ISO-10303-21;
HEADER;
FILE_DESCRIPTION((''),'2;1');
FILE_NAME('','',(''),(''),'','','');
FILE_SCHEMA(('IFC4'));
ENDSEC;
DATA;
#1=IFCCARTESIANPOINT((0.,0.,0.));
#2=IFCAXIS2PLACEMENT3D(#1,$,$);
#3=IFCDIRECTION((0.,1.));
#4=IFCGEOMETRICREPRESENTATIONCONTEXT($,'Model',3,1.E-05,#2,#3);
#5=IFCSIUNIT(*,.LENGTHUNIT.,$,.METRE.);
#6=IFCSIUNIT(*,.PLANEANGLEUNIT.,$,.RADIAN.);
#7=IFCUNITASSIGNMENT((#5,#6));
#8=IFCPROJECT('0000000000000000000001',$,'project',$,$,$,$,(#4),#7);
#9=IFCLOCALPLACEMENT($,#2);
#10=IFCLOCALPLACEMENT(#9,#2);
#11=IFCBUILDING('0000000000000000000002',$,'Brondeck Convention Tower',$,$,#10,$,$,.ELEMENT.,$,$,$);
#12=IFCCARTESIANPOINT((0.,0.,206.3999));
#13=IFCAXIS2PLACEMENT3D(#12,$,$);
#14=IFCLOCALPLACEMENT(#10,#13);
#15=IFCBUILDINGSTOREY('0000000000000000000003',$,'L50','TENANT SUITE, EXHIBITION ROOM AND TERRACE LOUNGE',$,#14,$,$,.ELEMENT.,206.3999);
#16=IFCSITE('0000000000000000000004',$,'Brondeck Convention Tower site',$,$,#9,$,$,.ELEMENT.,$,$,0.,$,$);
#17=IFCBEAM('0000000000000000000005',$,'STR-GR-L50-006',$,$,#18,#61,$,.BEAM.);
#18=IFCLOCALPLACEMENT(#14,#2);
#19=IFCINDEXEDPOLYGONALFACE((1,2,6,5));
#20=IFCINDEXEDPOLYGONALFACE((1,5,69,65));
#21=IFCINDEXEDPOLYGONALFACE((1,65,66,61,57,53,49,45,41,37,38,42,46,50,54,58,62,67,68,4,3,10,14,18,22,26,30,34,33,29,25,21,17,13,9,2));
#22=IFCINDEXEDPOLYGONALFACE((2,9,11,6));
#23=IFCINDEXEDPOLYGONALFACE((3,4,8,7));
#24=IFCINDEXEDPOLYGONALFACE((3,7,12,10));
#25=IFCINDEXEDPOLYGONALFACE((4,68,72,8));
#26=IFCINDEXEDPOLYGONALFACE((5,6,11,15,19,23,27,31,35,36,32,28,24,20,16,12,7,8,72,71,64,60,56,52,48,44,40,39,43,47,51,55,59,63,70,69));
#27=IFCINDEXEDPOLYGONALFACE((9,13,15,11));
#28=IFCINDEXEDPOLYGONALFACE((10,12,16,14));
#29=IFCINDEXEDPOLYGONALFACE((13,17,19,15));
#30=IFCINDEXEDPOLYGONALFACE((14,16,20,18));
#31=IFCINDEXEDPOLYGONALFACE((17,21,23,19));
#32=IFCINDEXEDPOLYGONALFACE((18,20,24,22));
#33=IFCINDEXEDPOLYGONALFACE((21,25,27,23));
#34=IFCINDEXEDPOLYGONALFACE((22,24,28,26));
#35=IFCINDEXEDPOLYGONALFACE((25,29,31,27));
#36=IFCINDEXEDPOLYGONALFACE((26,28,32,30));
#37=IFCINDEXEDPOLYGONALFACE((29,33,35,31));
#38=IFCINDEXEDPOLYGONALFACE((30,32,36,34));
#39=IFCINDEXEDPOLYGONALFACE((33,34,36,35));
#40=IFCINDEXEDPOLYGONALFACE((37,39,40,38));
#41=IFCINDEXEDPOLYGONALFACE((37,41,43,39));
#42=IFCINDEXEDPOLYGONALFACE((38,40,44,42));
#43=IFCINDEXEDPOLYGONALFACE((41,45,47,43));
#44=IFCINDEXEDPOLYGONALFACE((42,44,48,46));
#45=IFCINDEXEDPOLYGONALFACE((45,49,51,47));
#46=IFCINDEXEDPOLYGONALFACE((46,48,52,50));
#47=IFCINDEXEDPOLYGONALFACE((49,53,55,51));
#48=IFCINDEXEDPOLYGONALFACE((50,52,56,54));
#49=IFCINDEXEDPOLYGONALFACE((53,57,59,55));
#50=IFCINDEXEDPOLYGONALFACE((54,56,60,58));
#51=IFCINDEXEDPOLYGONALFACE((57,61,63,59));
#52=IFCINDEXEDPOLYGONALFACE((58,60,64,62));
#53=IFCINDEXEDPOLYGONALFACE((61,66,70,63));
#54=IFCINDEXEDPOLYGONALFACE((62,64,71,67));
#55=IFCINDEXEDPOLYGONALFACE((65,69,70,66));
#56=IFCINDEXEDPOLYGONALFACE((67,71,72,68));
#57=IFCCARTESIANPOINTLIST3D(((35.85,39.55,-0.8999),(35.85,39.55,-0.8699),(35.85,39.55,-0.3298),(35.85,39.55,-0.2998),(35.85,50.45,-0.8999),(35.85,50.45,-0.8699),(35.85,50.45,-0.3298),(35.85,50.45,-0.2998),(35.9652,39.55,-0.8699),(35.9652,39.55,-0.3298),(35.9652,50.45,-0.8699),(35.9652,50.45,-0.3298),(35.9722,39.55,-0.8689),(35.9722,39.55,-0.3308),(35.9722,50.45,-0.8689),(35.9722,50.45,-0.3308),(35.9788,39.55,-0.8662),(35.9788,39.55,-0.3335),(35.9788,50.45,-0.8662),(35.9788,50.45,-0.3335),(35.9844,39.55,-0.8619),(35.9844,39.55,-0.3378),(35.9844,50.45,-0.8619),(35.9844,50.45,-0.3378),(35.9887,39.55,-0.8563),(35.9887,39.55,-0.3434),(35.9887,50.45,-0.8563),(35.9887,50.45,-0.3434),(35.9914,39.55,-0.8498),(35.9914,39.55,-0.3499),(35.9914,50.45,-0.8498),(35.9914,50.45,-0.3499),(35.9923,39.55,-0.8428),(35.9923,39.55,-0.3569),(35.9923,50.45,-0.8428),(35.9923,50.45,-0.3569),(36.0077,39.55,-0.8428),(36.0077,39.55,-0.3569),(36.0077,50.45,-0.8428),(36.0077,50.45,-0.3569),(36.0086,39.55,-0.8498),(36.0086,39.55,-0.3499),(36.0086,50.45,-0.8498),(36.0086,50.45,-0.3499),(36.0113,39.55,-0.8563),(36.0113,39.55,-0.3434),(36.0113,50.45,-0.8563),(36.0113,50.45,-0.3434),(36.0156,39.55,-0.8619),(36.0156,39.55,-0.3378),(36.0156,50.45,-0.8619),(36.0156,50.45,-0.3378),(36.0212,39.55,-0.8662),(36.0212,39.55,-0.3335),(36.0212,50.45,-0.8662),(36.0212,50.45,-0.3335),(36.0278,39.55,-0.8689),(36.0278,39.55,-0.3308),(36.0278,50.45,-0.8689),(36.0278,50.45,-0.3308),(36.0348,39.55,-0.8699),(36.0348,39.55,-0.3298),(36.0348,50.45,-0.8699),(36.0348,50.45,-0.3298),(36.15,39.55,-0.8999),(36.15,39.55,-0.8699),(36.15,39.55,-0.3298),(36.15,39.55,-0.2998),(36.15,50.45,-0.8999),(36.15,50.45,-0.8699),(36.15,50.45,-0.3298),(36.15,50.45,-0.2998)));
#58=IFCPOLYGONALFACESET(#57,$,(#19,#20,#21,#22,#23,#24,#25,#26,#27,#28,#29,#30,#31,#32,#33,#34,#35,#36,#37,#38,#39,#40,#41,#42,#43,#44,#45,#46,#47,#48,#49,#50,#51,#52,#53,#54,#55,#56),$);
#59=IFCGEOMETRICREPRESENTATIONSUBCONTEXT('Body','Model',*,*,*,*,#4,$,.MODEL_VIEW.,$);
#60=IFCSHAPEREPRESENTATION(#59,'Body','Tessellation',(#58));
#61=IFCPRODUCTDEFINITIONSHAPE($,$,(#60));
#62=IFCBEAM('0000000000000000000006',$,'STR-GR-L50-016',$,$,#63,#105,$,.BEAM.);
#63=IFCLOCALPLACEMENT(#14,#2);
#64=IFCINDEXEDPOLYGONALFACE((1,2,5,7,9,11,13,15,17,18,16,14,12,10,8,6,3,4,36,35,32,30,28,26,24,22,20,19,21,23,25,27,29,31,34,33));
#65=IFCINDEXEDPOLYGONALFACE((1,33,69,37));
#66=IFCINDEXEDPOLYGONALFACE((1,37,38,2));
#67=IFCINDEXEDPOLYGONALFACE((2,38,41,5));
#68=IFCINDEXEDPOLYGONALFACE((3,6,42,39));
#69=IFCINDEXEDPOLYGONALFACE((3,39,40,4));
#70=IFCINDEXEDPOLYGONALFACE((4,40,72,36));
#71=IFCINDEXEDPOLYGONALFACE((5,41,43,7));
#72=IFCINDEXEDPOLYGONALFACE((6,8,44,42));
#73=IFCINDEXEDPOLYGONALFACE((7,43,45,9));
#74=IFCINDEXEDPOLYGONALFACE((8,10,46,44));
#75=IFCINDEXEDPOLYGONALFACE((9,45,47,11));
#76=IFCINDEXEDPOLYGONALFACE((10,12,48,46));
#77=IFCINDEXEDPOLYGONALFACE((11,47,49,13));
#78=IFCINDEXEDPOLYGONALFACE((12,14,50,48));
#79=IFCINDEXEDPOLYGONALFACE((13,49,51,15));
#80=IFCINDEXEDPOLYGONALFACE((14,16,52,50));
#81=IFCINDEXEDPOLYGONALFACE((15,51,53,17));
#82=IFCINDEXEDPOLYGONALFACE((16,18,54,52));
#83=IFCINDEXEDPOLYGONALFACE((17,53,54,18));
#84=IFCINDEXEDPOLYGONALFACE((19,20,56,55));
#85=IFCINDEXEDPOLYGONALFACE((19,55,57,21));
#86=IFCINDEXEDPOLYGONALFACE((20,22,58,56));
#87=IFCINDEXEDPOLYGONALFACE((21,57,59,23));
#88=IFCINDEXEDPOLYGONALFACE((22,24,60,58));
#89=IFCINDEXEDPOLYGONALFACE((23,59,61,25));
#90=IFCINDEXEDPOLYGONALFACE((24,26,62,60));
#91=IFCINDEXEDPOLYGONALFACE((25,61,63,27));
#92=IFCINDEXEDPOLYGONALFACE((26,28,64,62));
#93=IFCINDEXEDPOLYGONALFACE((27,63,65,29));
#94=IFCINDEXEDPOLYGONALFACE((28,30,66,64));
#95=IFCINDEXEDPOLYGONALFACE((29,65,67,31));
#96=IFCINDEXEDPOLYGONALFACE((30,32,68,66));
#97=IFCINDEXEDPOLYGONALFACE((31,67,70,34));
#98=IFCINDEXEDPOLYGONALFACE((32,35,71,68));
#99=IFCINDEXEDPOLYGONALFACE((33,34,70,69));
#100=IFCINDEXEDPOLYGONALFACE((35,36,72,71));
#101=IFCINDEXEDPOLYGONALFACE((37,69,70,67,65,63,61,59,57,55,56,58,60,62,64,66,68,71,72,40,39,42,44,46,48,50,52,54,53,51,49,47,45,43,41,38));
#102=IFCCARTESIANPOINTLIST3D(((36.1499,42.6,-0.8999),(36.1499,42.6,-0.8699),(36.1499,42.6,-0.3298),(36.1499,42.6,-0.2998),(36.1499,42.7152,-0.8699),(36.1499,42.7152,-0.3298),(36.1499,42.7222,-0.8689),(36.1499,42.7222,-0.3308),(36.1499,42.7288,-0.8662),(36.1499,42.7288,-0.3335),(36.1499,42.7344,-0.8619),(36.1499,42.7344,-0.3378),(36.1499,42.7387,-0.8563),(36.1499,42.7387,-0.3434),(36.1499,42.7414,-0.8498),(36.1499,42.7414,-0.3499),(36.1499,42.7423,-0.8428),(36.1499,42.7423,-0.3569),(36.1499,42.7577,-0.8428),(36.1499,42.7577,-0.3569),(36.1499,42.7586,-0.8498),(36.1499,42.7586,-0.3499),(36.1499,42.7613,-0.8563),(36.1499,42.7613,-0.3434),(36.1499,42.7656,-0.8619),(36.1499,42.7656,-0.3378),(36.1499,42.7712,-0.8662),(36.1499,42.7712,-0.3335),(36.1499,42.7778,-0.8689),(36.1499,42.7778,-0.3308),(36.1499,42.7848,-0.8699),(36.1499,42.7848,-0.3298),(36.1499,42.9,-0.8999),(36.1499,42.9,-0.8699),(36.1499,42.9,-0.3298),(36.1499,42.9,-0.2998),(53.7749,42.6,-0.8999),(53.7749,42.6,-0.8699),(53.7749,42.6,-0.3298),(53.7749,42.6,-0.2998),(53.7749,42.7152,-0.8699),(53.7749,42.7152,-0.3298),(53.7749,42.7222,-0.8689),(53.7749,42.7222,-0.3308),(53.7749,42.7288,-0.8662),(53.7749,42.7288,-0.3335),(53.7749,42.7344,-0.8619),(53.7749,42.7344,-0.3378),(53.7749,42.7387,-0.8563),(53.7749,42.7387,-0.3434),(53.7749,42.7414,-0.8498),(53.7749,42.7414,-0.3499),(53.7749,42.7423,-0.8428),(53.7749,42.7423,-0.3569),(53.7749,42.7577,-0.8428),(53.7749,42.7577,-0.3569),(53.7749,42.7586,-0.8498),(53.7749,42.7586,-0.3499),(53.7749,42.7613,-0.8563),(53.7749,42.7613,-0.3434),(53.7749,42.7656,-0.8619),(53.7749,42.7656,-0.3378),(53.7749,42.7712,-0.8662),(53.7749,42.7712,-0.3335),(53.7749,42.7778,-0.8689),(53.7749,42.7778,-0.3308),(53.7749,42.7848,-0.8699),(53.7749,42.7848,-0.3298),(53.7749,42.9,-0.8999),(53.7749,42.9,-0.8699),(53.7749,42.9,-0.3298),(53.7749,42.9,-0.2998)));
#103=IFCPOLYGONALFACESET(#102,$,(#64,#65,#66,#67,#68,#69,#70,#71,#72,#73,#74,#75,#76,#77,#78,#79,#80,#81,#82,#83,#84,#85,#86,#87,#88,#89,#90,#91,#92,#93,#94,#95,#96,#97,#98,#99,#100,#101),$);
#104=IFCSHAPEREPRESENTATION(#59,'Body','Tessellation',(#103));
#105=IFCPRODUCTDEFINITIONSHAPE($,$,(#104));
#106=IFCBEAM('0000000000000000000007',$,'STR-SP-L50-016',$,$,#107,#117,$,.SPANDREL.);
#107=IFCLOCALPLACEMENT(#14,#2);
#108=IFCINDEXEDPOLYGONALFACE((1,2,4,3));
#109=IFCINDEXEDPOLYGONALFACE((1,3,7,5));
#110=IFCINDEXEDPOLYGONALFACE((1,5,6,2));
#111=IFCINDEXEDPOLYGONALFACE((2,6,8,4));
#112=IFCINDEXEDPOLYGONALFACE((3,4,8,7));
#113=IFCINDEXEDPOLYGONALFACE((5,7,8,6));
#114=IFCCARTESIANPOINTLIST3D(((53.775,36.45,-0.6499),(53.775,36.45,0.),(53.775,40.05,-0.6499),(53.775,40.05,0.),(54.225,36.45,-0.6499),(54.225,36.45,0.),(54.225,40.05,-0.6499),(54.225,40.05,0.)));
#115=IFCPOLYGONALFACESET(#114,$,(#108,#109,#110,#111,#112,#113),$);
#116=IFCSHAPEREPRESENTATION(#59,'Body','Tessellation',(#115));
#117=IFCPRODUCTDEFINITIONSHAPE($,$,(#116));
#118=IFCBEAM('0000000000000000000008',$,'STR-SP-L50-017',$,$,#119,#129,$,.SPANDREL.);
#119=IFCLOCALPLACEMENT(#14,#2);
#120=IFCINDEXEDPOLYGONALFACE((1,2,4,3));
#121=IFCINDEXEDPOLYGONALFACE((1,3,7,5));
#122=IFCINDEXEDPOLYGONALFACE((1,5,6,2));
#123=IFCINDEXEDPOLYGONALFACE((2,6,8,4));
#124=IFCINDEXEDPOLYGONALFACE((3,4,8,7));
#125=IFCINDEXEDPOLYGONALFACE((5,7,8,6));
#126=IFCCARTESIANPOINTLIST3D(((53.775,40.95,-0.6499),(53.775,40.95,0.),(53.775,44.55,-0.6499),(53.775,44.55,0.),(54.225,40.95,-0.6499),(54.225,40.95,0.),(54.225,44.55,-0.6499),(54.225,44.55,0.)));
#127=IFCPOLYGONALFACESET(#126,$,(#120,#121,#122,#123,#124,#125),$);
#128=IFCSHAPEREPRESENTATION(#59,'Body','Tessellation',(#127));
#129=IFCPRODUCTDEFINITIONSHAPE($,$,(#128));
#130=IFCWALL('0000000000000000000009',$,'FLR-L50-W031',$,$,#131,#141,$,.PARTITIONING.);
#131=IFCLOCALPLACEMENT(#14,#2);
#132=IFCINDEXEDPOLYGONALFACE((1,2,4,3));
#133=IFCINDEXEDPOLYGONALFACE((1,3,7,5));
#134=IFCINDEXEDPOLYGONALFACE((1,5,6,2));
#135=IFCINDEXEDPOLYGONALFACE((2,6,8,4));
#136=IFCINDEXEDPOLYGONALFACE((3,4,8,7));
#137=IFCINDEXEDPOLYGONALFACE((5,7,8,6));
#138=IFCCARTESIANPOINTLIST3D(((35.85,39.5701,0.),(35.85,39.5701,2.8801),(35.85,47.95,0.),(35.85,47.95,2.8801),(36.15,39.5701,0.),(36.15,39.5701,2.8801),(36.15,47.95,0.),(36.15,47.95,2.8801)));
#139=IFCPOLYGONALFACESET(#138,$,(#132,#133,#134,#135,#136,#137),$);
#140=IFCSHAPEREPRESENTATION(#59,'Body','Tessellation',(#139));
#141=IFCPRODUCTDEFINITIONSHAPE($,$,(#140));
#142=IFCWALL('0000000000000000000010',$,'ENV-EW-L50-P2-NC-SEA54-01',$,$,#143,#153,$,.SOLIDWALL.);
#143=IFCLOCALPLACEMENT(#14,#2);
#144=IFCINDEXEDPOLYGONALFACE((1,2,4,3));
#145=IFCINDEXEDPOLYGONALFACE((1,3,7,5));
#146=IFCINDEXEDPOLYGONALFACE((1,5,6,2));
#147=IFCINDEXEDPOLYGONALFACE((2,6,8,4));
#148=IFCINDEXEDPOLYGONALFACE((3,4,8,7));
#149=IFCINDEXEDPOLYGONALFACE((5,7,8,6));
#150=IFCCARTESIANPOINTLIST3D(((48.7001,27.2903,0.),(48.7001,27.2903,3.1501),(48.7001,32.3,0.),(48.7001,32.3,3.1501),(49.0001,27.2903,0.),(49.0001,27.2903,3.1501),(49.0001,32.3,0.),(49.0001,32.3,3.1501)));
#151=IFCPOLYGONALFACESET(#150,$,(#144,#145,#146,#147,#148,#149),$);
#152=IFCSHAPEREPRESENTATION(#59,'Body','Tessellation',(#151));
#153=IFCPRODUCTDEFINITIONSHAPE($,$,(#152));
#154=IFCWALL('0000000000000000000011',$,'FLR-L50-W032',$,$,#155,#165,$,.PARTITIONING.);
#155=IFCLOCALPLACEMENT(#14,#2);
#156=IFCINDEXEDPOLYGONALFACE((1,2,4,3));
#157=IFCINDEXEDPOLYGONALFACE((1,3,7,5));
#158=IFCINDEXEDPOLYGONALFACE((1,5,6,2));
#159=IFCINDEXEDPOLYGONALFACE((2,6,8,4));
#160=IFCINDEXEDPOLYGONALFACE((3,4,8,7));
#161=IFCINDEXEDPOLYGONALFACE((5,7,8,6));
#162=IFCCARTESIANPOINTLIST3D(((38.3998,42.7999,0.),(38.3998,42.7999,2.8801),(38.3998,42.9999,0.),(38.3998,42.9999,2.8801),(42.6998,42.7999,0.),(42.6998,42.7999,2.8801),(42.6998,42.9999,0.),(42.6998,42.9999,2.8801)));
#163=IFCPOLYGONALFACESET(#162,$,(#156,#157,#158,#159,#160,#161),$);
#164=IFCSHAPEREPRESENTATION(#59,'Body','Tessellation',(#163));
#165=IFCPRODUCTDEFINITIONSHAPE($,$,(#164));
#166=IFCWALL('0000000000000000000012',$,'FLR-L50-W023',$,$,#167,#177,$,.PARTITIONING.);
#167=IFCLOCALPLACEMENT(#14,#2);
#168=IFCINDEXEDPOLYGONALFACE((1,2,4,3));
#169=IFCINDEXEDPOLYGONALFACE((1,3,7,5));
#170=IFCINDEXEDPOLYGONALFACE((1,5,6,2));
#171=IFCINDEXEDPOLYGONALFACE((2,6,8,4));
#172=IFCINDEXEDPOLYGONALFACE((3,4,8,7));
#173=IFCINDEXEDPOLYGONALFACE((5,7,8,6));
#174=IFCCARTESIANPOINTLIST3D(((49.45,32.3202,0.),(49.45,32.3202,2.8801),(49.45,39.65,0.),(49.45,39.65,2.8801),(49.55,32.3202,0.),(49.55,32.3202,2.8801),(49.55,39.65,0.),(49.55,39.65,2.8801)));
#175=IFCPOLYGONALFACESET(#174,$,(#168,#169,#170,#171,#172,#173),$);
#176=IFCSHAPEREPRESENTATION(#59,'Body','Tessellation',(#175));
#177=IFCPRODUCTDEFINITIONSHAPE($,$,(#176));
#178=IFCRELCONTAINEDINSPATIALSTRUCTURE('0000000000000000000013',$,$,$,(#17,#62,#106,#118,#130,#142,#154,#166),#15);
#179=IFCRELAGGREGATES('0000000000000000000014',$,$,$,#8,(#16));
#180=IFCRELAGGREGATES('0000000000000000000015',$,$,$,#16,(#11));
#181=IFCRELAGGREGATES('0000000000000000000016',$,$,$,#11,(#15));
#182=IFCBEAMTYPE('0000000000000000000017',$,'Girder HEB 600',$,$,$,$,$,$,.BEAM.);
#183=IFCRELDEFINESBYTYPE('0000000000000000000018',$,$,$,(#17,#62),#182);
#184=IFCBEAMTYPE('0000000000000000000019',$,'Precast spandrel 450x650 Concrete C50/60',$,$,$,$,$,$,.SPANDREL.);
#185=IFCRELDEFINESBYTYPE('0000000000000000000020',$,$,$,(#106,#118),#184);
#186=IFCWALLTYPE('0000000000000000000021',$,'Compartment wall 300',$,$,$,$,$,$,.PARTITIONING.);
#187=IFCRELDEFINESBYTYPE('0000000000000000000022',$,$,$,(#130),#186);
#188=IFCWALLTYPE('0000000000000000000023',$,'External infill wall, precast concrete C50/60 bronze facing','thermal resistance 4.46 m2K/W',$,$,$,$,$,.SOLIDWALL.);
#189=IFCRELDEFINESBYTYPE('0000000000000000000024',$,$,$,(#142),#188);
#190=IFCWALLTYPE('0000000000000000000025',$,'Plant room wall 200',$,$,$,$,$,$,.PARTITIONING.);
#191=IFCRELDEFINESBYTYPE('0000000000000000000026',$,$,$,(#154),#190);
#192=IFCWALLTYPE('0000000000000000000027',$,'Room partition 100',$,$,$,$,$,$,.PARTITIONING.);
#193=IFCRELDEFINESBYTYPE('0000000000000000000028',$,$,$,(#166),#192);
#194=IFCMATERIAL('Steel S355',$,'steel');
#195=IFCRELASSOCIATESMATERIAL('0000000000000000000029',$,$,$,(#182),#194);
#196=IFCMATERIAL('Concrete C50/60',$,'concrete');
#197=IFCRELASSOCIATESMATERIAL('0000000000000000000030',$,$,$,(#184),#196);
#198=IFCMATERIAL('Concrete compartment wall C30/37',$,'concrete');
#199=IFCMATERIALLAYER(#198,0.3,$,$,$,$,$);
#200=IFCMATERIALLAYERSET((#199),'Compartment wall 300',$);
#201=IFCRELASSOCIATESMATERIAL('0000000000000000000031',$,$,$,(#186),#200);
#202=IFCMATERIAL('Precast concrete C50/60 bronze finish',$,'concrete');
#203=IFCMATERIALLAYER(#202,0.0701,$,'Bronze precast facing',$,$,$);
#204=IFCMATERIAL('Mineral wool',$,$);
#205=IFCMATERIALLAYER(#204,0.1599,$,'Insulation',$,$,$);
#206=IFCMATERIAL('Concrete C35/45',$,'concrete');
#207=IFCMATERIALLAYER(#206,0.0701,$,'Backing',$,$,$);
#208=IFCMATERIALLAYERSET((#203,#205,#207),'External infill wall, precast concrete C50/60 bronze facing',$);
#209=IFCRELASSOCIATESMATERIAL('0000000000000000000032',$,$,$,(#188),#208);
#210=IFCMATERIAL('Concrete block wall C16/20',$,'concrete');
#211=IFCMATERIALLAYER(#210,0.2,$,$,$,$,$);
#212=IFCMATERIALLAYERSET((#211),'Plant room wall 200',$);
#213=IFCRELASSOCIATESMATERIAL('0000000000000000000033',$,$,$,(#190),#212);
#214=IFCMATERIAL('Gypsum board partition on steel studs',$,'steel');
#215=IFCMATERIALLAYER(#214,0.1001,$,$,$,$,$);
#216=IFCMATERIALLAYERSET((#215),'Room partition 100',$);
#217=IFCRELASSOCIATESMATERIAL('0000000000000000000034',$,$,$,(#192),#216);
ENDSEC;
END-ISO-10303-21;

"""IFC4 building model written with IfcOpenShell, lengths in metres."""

from ifc_helpers import new_model, si_unit, direction, frame, frame_2d, origin, origin_2d, place, context, subcontext, project, spatial, rectangle, i_section, extrude, material, layer, layer_set, material_profile, profile_set, type_object, element, save


model = new_model("IFC4")

# Units and contexts
model_context = context("Model", 3, precision=1e-05, world=origin(), true_north=direction((0.0, 1.0)))
body_context = subcontext(model_context, "Body", "Model", "MODEL_VIEW")
ifc_project = project(units=[si_unit("LENGTHUNIT", "METRE"), si_unit("PLANEANGLEUNIT", "RADIAN")], contexts=[model_context])

# Site, building, storey
site_placement = place(None, origin())
site = spatial("IfcSite", under=ifc_project, at=site_placement, Name="Brondeck Convention Tower site", CompositionType="ELEMENT", RefElevation=0.0)
building_placement = place(site_placement, origin())
building = spatial("IfcBuilding", under=site, at=building_placement, Name="Brondeck Convention Tower", CompositionType="ELEMENT")
storey_placement = place(building_placement, frame((0.0, 0.0, 206.3999)))
storey = spatial("IfcBuildingStorey", under=building, at=storey_placement, Name="L50", Description="TENANT SUITE, EXHIBITION ROOM AND TERRACE LOUNGE", CompositionType="ELEMENT", Elevation=206.3999)

# Shared definitions
ifc_material_1 = material(Name="Concrete C50/60", Category="concrete")

# Beams
ifc_material_2 = material(Name="Steel S355", Category="steel")
ifc_material_profile_1 = material_profile(ifc_material_2, i_section(OverallWidth=0.3, OverallDepth=0.6001, WebThickness=0.0154, FlangeThickness=0.03, FilletRadius=0.0271, at=origin_2d()), Name="HEB 600")
ifc_profile_set_1 = profile_set([ifc_material_profile_1], Name="Steel S355")
beam_type_1 = type_object("IfcBeamType", Name="Girder HEB 600", PredefinedType="BEAM", material=ifc_profile_set_1)
beam_1_placement = place(storey_placement, frame((36.0, 39.55, -0.5999), z_axis=(0.0, 1.0, 0.0), x_axis=(-1.0, 0.0, 0.0)))
element("IfcBeam", 1, at=beam_1_placement, inside=storey, type_object=beam_type_1, Name="STR-GR-L50-006", PredefinedType="BEAM", context=body_context, shape_type="SweptSolid", body=[
    extrude(i_section(OverallWidth=0.3, OverallDepth=0.6001, WebThickness=0.0154, FlangeThickness=0.03, FilletRadius=0.0271, at=origin_2d()), origin(), (0.0, 0.0, 1.0), 10.8999),
])
beam_2_placement = place(storey_placement, frame((36.1499, 42.75, -0.5999), z_axis=(1.0, 0.0, 0.0), x_axis=(0.0, 1.0, 0.0)))
element("IfcBeam", 2, at=beam_2_placement, inside=storey, type_object=beam_type_1, Name="STR-GR-L50-016", PredefinedType="BEAM", context=body_context, shape_type="SweptSolid", body=[
    extrude(i_section(OverallWidth=0.3, OverallDepth=0.6001, WebThickness=0.0154, FlangeThickness=0.03, FilletRadius=0.0271, at=origin_2d()), origin(), (0.0, 0.0, 1.0), 17.625),
])
ifc_material_profile_2 = material_profile(ifc_material_1, rectangle(XDim=0.45, YDim=0.6499, at=origin_2d()), Name="Precast spandrel 450x650 Concrete C50/60")
ifc_profile_set_2 = profile_set([ifc_material_profile_2], Name="Concrete C50/60")
beam_type_2 = type_object("IfcBeamType", Name="Precast spandrel 450x650 Concrete C50/60", PredefinedType="SPANDREL", material=ifc_profile_set_2)
for number, where, z_axis, x_axis, name in (
    (3, (54.0, 36.45, -0.325), (0.0, 1.0, 0.0), (-1.0, 0.0, 0.0), "STR-SP-L50-016"),
    (4, (54.0, 40.95, -0.325), (0.0, 1.0, 0.0), (-1.0, 0.0, 0.0), "STR-SP-L50-017"),
):
    element("IfcBeam", number, at=place(storey_placement, frame(where, z_axis=z_axis, x_axis=x_axis)), inside=storey, type_object=beam_type_2, Name=name, PredefinedType="SPANDREL", context=body_context, shape_type="SweptSolid", body=[
        extrude(rectangle(XDim=0.45, YDim=0.6499, at=origin_2d()), origin(), (0.0, 0.0, 1.0), 3.6001),
    ])

# Walls
ifc_material_3 = material(Name="Concrete compartment wall C30/37", Category="concrete")
ifc_layer_1 = layer(ifc_material_3, 0.3)
ifc_layer_set_1 = layer_set([ifc_layer_1], Name="Compartment wall 300")
wall_type_1 = type_object("IfcWallType", Name="Compartment wall 300", PredefinedType="PARTITIONING", material=ifc_layer_set_1)
wall_1_placement = place(storey_placement, frame((36.0, 39.5701, 0.0), z_axis=(0.0, 0.0, 1.0), x_axis=(0.0, 1.0, 0.0)))
element("IfcWall", 5, at=wall_1_placement, inside=storey, type_object=wall_type_1, Name="FLR-L50-W031", PredefinedType="PARTITIONING", context=body_context, shape_type="SweptSolid", body=[
    extrude(rectangle(XDim=8.3799, YDim=0.3, at=frame_2d((4.1899, 0.0))), origin(), (0.0, 0.0, 1.0), 2.8801),
])
ifc_material_4 = material(Name="Precast concrete C50/60 bronze finish", Category="concrete")
ifc_layer_2 = layer(ifc_material_4, 0.0701, Name="Bronze precast facing")
ifc_material_5 = material(Name="Mineral wool")
ifc_layer_3 = layer(ifc_material_5, 0.1599, Name="Insulation")
ifc_material_6 = material(Name="Concrete C35/45", Category="concrete")
ifc_layer_4 = layer(ifc_material_6, 0.0701, Name="Backing")
ifc_layer_set_2 = layer_set([ifc_layer_2, ifc_layer_3, ifc_layer_4], Name="External infill wall, precast concrete C50/60 bronze facing")
wall_type_2 = type_object("IfcWallType", Name="External infill wall, precast concrete C50/60 bronze facing", Description="thermal resistance 4.46 m2K/W", PredefinedType="SOLIDWALL", material=ifc_layer_set_2)
wall_2_placement = place(storey_placement, frame((48.8501, 32.3, 0.0), z_axis=(0.0, 0.0, 1.0), x_axis=(0.0, -1.0, 0.0)))
element("IfcWall", 6, at=wall_2_placement, inside=storey, type_object=wall_type_2, Name="ENV-EW-L50-P2-NC-SEA54-01", PredefinedType="SOLIDWALL", context=body_context, shape_type="SweptSolid", body=[
    extrude(rectangle(XDim=5.0098, YDim=0.3, at=frame_2d((2.5049, 0.0))), origin(), (0.0, 0.0, 1.0), 3.1501),
])
ifc_material_7 = material(Name="Concrete block wall C16/20", Category="concrete")
ifc_layer_5 = layer(ifc_material_7, 0.2)
ifc_layer_set_3 = layer_set([ifc_layer_5], Name="Plant room wall 200")
wall_type_3 = type_object("IfcWallType", Name="Plant room wall 200", PredefinedType="PARTITIONING", material=ifc_layer_set_3)
wall_3_placement = place(storey_placement, frame((38.3999, 42.8999, 0.0), z_axis=(0.0, 0.0, 1.0), x_axis=(1.0, 0.0, 0.0)))
element("IfcWall", 7, at=wall_3_placement, inside=storey, type_object=wall_type_3, Name="FLR-L50-W032", PredefinedType="PARTITIONING", context=body_context, shape_type="SweptSolid", body=[
    extrude(rectangle(XDim=4.3, YDim=0.2, at=frame_2d((2.1499, 0.0))), origin(), (0.0, 0.0, 1.0), 2.8801),
])
ifc_material_8 = material(Name="Gypsum board partition on steel studs", Category="steel")
ifc_layer_6 = layer(ifc_material_8, 0.1001)
ifc_layer_set_4 = layer_set([ifc_layer_6], Name="Room partition 100")
wall_type_4 = type_object("IfcWallType", Name="Room partition 100", PredefinedType="PARTITIONING", material=ifc_layer_set_4)
wall_4_placement = place(storey_placement, frame((49.5, 32.3201, 0.0), z_axis=(0.0, 0.0, 1.0), x_axis=(0.0, 1.0, 0.0)))
element("IfcWall", 8, at=wall_4_placement, inside=storey, type_object=wall_type_4, Name="FLR-L50-W023", PredefinedType="PARTITIONING", context=body_context, shape_type="SweptSolid", body=[
    extrude(rectangle(XDim=7.3298, YDim=0.1001, at=frame_2d((3.665, 0.0))), origin(), (0.0, 0.0, 1.0), 2.8801),
])

save(model, "model.ifc")
